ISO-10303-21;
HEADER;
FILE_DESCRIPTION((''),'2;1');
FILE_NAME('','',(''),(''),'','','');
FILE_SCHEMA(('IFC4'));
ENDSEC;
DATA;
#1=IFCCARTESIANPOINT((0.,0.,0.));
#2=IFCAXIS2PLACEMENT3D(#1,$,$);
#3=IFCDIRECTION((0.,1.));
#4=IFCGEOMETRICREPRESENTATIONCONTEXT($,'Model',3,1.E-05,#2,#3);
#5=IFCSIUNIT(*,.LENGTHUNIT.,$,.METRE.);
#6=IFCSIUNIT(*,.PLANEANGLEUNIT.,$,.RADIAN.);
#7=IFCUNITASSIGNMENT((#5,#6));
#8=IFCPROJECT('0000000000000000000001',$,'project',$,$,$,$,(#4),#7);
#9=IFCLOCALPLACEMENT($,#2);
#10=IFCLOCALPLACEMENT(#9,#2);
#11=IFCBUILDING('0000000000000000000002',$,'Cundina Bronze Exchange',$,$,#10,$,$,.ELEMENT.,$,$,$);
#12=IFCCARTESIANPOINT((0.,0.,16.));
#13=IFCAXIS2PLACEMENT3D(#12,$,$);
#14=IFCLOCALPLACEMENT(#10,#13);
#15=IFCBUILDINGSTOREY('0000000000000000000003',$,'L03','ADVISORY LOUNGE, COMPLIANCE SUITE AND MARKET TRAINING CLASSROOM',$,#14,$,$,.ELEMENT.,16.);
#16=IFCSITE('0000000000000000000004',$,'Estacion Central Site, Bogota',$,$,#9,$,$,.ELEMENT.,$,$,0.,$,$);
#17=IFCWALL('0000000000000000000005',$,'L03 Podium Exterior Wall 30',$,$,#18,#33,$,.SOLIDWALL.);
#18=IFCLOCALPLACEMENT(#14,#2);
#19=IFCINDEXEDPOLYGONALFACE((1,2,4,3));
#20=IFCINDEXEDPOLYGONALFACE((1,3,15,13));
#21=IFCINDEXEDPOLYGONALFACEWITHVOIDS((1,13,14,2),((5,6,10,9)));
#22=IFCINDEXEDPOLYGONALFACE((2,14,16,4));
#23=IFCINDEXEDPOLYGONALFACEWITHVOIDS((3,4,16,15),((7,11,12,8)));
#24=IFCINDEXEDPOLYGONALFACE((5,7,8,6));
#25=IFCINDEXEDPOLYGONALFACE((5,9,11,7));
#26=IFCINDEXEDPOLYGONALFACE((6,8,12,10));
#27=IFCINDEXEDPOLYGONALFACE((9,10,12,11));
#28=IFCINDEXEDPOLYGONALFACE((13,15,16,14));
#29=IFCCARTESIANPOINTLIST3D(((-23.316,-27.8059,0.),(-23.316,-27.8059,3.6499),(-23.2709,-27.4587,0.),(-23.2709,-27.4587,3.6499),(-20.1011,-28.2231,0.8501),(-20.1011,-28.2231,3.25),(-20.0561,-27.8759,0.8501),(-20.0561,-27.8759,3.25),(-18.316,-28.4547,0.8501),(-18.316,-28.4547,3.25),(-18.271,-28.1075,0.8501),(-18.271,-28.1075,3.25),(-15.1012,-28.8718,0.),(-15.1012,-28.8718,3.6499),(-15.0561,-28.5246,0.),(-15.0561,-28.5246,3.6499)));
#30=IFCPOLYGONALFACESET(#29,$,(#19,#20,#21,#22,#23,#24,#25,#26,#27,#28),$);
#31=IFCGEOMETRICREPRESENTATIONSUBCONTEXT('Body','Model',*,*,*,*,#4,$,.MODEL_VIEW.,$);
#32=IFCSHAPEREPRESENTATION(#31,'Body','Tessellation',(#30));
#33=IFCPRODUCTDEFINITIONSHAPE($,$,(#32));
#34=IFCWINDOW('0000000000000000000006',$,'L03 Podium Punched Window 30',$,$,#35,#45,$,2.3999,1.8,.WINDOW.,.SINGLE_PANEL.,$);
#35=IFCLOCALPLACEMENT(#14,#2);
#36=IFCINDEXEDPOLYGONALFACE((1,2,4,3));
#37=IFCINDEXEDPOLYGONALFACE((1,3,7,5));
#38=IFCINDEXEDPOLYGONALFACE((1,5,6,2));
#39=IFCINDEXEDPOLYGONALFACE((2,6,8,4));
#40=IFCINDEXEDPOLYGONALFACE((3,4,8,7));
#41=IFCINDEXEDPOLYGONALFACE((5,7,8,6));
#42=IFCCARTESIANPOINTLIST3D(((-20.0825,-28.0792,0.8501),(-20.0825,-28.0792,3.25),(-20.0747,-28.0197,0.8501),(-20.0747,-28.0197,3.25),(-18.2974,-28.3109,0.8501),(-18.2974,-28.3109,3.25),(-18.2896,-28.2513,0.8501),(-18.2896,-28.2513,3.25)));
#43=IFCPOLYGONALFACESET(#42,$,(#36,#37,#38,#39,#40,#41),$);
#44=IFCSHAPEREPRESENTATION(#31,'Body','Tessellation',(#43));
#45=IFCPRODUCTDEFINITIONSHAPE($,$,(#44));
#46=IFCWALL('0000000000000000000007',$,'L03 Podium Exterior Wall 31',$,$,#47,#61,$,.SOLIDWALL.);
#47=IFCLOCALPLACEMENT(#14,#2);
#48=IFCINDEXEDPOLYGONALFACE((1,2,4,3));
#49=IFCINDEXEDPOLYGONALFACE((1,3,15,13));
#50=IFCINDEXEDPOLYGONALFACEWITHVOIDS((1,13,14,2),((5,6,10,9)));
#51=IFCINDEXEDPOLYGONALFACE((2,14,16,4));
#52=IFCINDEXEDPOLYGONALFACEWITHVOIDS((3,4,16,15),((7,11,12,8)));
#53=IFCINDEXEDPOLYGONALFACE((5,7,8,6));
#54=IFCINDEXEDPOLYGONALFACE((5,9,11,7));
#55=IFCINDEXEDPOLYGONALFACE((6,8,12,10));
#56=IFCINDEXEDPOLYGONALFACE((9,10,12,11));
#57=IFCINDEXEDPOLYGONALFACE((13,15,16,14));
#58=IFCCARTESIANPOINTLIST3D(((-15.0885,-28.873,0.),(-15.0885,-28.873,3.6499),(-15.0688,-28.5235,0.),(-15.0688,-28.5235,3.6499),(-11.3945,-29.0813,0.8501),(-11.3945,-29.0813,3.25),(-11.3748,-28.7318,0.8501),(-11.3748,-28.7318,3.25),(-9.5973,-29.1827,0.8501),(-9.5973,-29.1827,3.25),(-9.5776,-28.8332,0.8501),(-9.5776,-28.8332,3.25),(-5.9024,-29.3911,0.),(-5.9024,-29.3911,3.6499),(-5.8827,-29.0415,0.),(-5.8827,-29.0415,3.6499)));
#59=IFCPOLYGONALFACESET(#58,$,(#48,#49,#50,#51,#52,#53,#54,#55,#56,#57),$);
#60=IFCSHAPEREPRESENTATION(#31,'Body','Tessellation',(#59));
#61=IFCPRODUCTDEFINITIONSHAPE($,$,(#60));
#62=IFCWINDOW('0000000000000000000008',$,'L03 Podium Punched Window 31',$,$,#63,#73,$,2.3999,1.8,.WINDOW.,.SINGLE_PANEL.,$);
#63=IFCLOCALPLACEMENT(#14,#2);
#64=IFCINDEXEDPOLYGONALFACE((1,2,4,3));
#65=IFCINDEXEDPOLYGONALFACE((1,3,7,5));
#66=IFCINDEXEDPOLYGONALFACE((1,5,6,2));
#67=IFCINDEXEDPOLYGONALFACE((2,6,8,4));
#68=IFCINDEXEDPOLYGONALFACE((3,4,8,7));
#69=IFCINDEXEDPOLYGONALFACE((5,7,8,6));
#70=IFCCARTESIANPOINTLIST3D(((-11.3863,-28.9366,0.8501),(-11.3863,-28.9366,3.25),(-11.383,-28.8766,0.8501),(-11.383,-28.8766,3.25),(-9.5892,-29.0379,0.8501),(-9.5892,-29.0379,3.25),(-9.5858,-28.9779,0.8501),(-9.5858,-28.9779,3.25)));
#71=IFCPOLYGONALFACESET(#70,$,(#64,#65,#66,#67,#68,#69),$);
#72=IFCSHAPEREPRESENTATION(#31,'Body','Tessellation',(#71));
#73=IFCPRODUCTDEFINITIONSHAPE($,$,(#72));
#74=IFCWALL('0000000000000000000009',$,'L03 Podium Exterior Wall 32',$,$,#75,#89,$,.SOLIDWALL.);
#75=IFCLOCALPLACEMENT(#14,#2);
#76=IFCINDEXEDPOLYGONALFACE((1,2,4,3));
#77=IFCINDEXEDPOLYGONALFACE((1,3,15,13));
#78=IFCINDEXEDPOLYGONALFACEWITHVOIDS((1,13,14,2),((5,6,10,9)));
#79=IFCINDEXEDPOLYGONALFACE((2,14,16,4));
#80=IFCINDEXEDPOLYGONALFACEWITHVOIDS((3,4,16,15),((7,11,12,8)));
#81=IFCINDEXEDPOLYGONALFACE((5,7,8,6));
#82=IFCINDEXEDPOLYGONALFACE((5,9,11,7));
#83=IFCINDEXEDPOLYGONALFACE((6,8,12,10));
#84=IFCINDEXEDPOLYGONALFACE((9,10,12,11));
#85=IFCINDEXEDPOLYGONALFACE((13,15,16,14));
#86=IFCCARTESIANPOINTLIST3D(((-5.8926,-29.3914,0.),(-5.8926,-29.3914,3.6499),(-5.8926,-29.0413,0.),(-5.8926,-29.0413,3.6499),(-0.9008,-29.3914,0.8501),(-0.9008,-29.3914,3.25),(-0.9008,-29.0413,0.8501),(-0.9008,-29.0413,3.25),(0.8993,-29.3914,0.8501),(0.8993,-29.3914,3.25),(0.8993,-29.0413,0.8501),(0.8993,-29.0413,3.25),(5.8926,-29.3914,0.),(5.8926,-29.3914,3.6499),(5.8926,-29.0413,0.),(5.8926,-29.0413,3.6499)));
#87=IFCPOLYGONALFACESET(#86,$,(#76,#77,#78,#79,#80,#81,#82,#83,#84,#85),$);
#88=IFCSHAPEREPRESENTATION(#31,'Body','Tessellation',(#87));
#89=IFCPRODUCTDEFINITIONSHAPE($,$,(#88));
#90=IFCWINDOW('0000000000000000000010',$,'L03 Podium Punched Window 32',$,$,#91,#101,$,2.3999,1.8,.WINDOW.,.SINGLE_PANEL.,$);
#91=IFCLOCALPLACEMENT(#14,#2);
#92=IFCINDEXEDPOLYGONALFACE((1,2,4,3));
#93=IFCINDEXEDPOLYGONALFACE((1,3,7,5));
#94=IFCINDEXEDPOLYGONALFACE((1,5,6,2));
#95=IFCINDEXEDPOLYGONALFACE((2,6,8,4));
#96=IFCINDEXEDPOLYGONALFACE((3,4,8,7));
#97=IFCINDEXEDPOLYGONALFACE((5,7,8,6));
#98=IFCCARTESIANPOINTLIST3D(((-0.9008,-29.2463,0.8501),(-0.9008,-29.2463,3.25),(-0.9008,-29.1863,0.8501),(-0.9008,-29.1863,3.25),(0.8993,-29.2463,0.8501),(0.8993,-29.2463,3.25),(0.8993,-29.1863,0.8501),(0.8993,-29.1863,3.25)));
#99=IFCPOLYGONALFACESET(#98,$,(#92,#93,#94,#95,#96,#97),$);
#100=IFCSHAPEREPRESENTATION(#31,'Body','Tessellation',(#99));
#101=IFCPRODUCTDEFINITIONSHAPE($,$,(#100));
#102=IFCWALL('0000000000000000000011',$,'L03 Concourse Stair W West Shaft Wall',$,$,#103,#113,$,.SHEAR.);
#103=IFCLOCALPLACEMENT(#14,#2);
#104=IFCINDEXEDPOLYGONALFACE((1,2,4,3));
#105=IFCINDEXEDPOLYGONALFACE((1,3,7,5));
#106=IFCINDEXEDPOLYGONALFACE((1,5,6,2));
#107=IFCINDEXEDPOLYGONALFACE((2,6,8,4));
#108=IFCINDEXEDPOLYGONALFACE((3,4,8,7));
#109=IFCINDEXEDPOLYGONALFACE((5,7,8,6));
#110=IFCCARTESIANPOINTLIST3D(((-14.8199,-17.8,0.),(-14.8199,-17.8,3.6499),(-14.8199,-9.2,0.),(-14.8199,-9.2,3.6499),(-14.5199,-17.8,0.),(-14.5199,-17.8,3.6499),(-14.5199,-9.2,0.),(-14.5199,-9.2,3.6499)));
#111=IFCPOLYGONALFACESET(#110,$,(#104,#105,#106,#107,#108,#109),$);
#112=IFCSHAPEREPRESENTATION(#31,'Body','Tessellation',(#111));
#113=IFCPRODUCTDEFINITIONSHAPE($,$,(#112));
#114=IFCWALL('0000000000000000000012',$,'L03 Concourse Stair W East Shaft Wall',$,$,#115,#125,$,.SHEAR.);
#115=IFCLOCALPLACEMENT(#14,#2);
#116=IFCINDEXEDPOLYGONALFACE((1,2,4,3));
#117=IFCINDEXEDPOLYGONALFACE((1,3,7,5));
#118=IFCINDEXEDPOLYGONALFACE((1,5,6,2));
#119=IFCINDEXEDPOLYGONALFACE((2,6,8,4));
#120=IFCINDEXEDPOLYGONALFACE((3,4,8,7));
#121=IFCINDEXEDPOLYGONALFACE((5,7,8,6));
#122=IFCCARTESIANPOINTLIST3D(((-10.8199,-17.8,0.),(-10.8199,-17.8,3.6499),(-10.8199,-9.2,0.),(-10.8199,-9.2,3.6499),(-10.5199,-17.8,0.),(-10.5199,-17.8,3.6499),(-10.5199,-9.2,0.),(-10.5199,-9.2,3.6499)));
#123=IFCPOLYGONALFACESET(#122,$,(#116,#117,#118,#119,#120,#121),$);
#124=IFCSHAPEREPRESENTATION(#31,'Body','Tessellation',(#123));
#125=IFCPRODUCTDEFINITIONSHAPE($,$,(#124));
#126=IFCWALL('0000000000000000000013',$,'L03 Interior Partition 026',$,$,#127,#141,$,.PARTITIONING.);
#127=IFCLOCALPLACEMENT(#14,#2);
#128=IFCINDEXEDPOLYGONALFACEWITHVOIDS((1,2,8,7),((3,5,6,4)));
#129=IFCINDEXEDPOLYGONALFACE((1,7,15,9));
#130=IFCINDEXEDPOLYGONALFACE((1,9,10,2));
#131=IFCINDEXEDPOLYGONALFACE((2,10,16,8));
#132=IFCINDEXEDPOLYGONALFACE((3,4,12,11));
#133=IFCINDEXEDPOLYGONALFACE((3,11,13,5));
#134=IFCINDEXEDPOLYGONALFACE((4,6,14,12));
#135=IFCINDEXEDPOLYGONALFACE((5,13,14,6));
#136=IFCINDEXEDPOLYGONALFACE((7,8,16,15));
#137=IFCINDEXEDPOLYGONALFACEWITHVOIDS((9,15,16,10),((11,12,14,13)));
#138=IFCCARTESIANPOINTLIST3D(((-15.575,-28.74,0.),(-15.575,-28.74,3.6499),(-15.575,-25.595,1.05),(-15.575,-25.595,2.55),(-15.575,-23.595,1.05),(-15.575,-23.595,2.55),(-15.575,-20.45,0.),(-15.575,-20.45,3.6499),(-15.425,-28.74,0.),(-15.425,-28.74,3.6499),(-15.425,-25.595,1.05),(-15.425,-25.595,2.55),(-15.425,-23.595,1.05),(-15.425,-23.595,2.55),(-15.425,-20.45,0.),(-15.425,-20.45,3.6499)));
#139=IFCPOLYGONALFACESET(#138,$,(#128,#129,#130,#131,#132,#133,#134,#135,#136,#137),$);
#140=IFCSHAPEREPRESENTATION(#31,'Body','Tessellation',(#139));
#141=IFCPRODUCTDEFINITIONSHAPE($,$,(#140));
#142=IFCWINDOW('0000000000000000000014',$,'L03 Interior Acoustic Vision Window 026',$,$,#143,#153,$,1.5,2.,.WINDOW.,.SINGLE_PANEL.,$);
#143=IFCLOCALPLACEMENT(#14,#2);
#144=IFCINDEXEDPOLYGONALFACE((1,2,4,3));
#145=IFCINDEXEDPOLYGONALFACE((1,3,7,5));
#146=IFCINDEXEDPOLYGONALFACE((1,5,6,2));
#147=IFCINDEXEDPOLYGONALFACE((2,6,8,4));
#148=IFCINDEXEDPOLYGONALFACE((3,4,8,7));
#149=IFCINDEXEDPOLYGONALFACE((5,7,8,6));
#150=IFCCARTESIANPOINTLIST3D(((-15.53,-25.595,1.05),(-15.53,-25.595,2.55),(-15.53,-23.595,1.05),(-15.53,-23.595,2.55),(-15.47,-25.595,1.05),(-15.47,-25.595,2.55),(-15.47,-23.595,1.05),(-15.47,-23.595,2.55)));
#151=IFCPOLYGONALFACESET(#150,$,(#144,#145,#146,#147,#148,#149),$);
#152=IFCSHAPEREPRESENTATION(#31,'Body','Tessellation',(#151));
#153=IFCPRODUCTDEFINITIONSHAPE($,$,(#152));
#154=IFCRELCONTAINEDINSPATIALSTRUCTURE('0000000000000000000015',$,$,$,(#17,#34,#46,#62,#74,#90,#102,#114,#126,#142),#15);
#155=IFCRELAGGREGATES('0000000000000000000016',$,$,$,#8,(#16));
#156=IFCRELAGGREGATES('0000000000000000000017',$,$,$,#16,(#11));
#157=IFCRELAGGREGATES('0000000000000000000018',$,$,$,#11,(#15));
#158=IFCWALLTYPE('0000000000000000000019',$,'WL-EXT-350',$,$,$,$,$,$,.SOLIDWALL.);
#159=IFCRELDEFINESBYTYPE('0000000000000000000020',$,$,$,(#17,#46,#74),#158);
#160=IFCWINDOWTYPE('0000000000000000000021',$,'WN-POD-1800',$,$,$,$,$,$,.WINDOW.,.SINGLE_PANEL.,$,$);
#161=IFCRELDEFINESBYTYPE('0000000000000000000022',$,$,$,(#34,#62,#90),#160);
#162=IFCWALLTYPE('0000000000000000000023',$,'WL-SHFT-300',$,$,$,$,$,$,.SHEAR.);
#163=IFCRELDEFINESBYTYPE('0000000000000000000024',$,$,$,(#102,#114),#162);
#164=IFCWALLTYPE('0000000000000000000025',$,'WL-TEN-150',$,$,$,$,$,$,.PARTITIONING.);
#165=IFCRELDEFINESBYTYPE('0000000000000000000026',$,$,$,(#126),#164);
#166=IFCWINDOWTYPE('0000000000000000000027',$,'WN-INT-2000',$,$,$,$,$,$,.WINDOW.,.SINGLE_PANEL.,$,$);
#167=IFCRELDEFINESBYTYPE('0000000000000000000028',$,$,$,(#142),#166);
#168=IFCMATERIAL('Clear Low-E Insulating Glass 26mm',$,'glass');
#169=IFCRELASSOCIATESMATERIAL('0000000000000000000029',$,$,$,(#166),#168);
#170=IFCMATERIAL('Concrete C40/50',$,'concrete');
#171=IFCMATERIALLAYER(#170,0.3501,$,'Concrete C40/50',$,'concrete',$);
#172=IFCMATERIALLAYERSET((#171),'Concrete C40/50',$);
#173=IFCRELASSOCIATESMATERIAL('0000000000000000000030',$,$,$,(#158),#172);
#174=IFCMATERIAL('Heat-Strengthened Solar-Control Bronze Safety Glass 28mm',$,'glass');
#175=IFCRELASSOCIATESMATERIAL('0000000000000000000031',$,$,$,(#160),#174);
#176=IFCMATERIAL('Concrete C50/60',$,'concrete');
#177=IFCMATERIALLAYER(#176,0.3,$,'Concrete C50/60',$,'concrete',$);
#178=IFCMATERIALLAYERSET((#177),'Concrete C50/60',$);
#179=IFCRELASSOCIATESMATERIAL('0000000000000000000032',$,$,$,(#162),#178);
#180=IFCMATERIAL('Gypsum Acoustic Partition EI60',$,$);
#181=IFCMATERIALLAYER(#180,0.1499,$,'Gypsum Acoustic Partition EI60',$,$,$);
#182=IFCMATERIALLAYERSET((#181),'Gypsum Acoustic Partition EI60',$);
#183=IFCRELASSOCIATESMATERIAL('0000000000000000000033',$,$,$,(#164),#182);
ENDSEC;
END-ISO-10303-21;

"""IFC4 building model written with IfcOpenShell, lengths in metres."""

from ifc_helpers import new_model, si_unit, direction, frame, frame_2d, origin, place, context, subcontext, project, spatial, rectangle, extrude, material, layer, layer_set, type_object, element, fill, save


model = new_model("IFC4")

# Units and contexts
model_context = context("Model", 3, precision=1e-05, world=origin(), true_north=direction((0.0, 1.0)))
body_context = subcontext(model_context, "Body", "Model", "MODEL_VIEW")
ifc_project = project(units=[si_unit("LENGTHUNIT", "METRE"), si_unit("PLANEANGLEUNIT", "RADIAN")], contexts=[model_context])

# Site, building, storey
site_placement = place(None, origin())
site = spatial("IfcSite", under=ifc_project, at=site_placement, Name="Estacion Central Site, Bogota", CompositionType="ELEMENT", RefElevation=0.0)
building_placement = place(site_placement, origin())
building = spatial("IfcBuilding", under=site, at=building_placement, Name="Cundina Bronze Exchange", CompositionType="ELEMENT")
storey_placement = place(building_placement, frame((0.0, 0.0, 16.0)))
storey = spatial("IfcBuildingStorey", under=building, at=storey_placement, Name="L03", Description="ADVISORY LOUNGE, COMPLIANCE SUITE AND MARKET TRAINING CLASSROOM", CompositionType="ELEMENT", Elevation=16.0)

# Shared definitions
ifc_material_1 = material(Name="Concrete C50/60", Category="concrete")

# Shared definitions
ifc_material_2 = material(Name="Heat-Strengthened Solar-Control Bronze Safety Glass 28mm", Category="glass")

# Shared definitions
ifc_material_3 = material(Name="Clear Low-E Insulating Glass 26mm", Category="glass")
window_type_1 = type_object("IfcWindowType", Name="WN-INT-2000", PartitioningType="SINGLE_PANEL", PredefinedType="WINDOW", material=ifc_material_3)

# Walls, openings, windows
ifc_material_4 = material(Name="Concrete C40/50", Category="concrete")
ifc_layer_1 = layer(ifc_material_4, 0.3501, Name="Concrete C40/50", Category="concrete")
ifc_layer_set_1 = layer_set([ifc_layer_1], Name="Concrete C40/50")
wall_type_1 = type_object("IfcWallType", Name="WL-EXT-350", PredefinedType="SOLIDWALL", material=ifc_layer_set_1)
wall_1_placement = place(storey_placement, frame((-23.2935, -27.6323, 0.0), z_axis=(0.0, 0.0, 1.0), x_axis=(0.991687, -0.128676, 0.0)))
wall_1 = element("IfcWall", 1, at=wall_1_placement, inside=storey, type_object=wall_type_1, Name="L03 Podium Exterior Wall 30", PredefinedType="SOLIDWALL", context=body_context, shape_type="SweptSolid", body=[
    extrude(rectangle(XDim=8.2837, YDim=0.3501, at=frame_2d((4.1418, 0.0))), origin(), (0.0, 0.0, 1.0), 3.6499),
])
opening_1_placement = place(wall_1_placement, frame((3.2419, 0.0, 0.8501)))
opening_1 = element("IfcOpeningElement", 2, at=opening_1_placement, cuts=wall_1, PredefinedType="OPENING", context=body_context, shape_type="SweptSolid", body=[
    extrude(rectangle(XDim=1.8, YDim=2.3999, at=frame_2d((0.8999, 1.2))), frame((0.0, 0.1851, 0.0), z_axis=(0.0, -1.0, 0.0), x_axis=(1.0, 0.0, 0.0)), (0.0, 0.0, 1.0), 0.3701),
])
window_type_2 = type_object("IfcWindowType", Name="WN-POD-1800", PartitioningType="SINGLE_PANEL", PredefinedType="WINDOW", material=ifc_material_2)
window_1_placement = place(opening_1_placement, origin())
window_1 = element("IfcWindow", 3, at=window_1_placement, inside=storey, type_object=window_type_2, Name="L03 Podium Punched Window 30", OverallHeight=2.3999, OverallWidth=1.8, PartitioningType="SINGLE_PANEL", PredefinedType="WINDOW", context=body_context, shape_type="SweptSolid", body=[
    extrude(rectangle(XDim=1.8, YDim=2.3999, at=frame_2d((0.8999, 1.2))), frame((0.0, 0.03, 0.0), z_axis=(0.0, -1.0, 0.0), x_axis=(1.0, 0.0, 0.0)), (0.0, 0.0, 1.0), 0.0601),
])
fill(opening_1, window_1)
wall_2_placement = place(storey_placement, frame((-15.0786, -28.6982, 0.0), z_axis=(0.0, 0.0, 1.0), x_axis=(0.998413, -0.056308, 0.0)))
wall_2 = element("IfcWall", 4, at=wall_2_placement, inside=storey, type_object=wall_type_1, Name="L03 Podium Exterior Wall 31", PredefinedType="SOLIDWALL", context=body_context, shape_type="SweptSolid", body=[
    extrude(rectangle(XDim=9.2007, YDim=0.3501, at=frame_2d((4.6003, 0.0))), origin(), (0.0, 0.0, 1.0), 3.6499),
])
opening_2_placement = place(wall_2_placement, frame((3.7, 0.0, 0.8501)))
opening_2 = element("IfcOpeningElement", 5, at=opening_2_placement, cuts=wall_2, PredefinedType="OPENING", context=body_context, shape_type="SweptSolid", body=[
    extrude(rectangle(XDim=1.8, YDim=2.3999, at=frame_2d((0.8999, 1.2))), frame((0.0, 0.1851, 0.0), z_axis=(0.0, -1.0, 0.0), x_axis=(1.0, 0.0, 0.0)), (0.0, 0.0, 1.0), 0.3701),
])
window_2_placement = place(opening_2_placement, origin())
window_2 = element("IfcWindow", 6, at=window_2_placement, inside=storey, type_object=window_type_2, Name="L03 Podium Punched Window 31", OverallHeight=2.3999, OverallWidth=1.8, PartitioningType="SINGLE_PANEL", PredefinedType="WINDOW", context=body_context, shape_type="SweptSolid", body=[
    extrude(rectangle(XDim=1.8, YDim=2.3999, at=frame_2d((0.8999, 1.2))), frame((0.0, 0.03, 0.0), z_axis=(0.0, -1.0, 0.0), x_axis=(1.0, 0.0, 0.0)), (0.0, 0.0, 1.0), 0.0601),
])
fill(opening_2, window_2)
wall_3_placement = place(storey_placement, frame((-5.8926, -29.2163, 0.0), z_axis=(0.0, 0.0, 1.0), x_axis=(1.0, 0.0, 0.0)))
wall_3 = element("IfcWall", 7, at=wall_3_placement, inside=storey, type_object=wall_type_1, Name="L03 Podium Exterior Wall 32", PredefinedType="SOLIDWALL", context=body_context, shape_type="SweptSolid", body=[
    extrude(rectangle(XDim=11.7852, YDim=0.3501, at=frame_2d((5.8926, 0.0))), origin(), (0.0, 0.0, 1.0), 3.6499),
])
opening_3_placement = place(wall_3_placement, frame((4.9919, 0.0, 0.8501)))
opening_3 = element("IfcOpeningElement", 8, at=opening_3_placement, cuts=wall_3, PredefinedType="OPENING", context=body_context, shape_type="SweptSolid", body=[
    extrude(rectangle(XDim=1.8, YDim=2.3999, at=frame_2d((0.8999, 1.2))), frame((0.0, 0.1851, 0.0), z_axis=(0.0, -1.0, 0.0), x_axis=(1.0, 0.0, 0.0)), (0.0, 0.0, 1.0), 0.3701),
])
window_3_placement = place(opening_3_placement, origin())
window_3 = element("IfcWindow", 9, at=window_3_placement, inside=storey, type_object=window_type_2, Name="L03 Podium Punched Window 32", OverallHeight=2.3999, OverallWidth=1.8, PartitioningType="SINGLE_PANEL", PredefinedType="WINDOW", context=body_context, shape_type="SweptSolid", body=[
    extrude(rectangle(XDim=1.8, YDim=2.3999, at=frame_2d((0.8999, 1.2))), frame((0.0, 0.03, 0.0), z_axis=(0.0, -1.0, 0.0), x_axis=(1.0, 0.0, 0.0)), (0.0, 0.0, 1.0), 0.0601),
])
fill(opening_3, window_3)

# Walls
ifc_layer_2 = layer(ifc_material_1, 0.3, Name="Concrete C50/60", Category="concrete")
ifc_layer_set_2 = layer_set([ifc_layer_2], Name="Concrete C50/60")
wall_type_2 = type_object("IfcWallType", Name="WL-SHFT-300", PredefinedType="SHEAR", material=ifc_layer_set_2)
for number, where, z_axis, x_axis, name in (
    (10, (-14.6699, -17.8, 0.0), (0.0, 0.0, 1.0), (0.0, 1.0, 0.0), "L03 Concourse Stair W West Shaft Wall"),
    (11, (-10.6699, -17.8, 0.0), (0.0, 0.0, 1.0), (0.0, 1.0, 0.0), "L03 Concourse Stair W East Shaft Wall"),
):
    element("IfcWall", number, at=place(storey_placement, frame(where, z_axis=z_axis, x_axis=x_axis)), inside=storey, type_object=wall_type_2, Name=name, PredefinedType="SHEAR", context=body_context, shape_type="SweptSolid", body=[
        extrude(rectangle(XDim=8.6001, YDim=0.3, at=frame_2d((4.3, 0.0))), origin(), (0.0, 0.0, 1.0), 3.6499),
    ])

# Wall, opening, window
ifc_material_5 = material(Name="Gypsum Acoustic Partition EI60")
ifc_layer_3 = layer(ifc_material_5, 0.1499, Name="Gypsum Acoustic Partition EI60")
ifc_layer_set_3 = layer_set([ifc_layer_3], Name="Gypsum Acoustic Partition EI60")
wall_type_3 = type_object("IfcWallType", Name="WL-TEN-150", PredefinedType="PARTITIONING", material=ifc_layer_set_3)
wall_4_placement = place(storey_placement, frame((-15.5, -28.74, 0.0), z_axis=(0.0, 0.0, 1.0), x_axis=(0.0, 1.0, 0.0)))
wall_4 = element("IfcWall", 12, at=wall_4_placement, inside=storey, type_object=wall_type_3, Name="L03 Interior Partition 026", PredefinedType="PARTITIONING", context=body_context, shape_type="SweptSolid", body=[
    extrude(rectangle(XDim=8.29, YDim=0.1499, at=frame_2d((4.145, 0.0))), origin(), (0.0, 0.0, 1.0), 3.6499),
])
opening_4_placement = place(wall_4_placement, frame((3.145, 0.0, 1.05)))
opening_4 = element("IfcOpeningElement", 13, at=opening_4_placement, cuts=wall_4, PredefinedType="OPENING", context=body_context, shape_type="SweptSolid", body=[
    extrude(rectangle(XDim=2.0, YDim=1.5, at=frame_2d((1.0, 0.75))), frame((0.0, 0.085, 0.0), z_axis=(0.0, -1.0, 0.0), x_axis=(1.0, 0.0, 0.0)), (0.0, 0.0, 1.0), 0.1699),
])
window_4_placement = place(opening_4_placement, origin())
window_4 = element("IfcWindow", 14, at=window_4_placement, inside=storey, type_object=window_type_1, Name="L03 Interior Acoustic Vision Window 026", OverallHeight=1.5, OverallWidth=2.0, PartitioningType="SINGLE_PANEL", PredefinedType="WINDOW", context=body_context, shape_type="SweptSolid", body=[
    extrude(rectangle(XDim=2.0, YDim=1.5, at=frame_2d((1.0, 0.75))), frame((0.0, 0.03, 0.0), z_axis=(0.0, -1.0, 0.0), x_axis=(1.0, 0.0, 0.0)), (0.0, 0.0, 1.0), 0.0601),
])
fill(opening_4, window_4)

save(model, "model.ifc")
